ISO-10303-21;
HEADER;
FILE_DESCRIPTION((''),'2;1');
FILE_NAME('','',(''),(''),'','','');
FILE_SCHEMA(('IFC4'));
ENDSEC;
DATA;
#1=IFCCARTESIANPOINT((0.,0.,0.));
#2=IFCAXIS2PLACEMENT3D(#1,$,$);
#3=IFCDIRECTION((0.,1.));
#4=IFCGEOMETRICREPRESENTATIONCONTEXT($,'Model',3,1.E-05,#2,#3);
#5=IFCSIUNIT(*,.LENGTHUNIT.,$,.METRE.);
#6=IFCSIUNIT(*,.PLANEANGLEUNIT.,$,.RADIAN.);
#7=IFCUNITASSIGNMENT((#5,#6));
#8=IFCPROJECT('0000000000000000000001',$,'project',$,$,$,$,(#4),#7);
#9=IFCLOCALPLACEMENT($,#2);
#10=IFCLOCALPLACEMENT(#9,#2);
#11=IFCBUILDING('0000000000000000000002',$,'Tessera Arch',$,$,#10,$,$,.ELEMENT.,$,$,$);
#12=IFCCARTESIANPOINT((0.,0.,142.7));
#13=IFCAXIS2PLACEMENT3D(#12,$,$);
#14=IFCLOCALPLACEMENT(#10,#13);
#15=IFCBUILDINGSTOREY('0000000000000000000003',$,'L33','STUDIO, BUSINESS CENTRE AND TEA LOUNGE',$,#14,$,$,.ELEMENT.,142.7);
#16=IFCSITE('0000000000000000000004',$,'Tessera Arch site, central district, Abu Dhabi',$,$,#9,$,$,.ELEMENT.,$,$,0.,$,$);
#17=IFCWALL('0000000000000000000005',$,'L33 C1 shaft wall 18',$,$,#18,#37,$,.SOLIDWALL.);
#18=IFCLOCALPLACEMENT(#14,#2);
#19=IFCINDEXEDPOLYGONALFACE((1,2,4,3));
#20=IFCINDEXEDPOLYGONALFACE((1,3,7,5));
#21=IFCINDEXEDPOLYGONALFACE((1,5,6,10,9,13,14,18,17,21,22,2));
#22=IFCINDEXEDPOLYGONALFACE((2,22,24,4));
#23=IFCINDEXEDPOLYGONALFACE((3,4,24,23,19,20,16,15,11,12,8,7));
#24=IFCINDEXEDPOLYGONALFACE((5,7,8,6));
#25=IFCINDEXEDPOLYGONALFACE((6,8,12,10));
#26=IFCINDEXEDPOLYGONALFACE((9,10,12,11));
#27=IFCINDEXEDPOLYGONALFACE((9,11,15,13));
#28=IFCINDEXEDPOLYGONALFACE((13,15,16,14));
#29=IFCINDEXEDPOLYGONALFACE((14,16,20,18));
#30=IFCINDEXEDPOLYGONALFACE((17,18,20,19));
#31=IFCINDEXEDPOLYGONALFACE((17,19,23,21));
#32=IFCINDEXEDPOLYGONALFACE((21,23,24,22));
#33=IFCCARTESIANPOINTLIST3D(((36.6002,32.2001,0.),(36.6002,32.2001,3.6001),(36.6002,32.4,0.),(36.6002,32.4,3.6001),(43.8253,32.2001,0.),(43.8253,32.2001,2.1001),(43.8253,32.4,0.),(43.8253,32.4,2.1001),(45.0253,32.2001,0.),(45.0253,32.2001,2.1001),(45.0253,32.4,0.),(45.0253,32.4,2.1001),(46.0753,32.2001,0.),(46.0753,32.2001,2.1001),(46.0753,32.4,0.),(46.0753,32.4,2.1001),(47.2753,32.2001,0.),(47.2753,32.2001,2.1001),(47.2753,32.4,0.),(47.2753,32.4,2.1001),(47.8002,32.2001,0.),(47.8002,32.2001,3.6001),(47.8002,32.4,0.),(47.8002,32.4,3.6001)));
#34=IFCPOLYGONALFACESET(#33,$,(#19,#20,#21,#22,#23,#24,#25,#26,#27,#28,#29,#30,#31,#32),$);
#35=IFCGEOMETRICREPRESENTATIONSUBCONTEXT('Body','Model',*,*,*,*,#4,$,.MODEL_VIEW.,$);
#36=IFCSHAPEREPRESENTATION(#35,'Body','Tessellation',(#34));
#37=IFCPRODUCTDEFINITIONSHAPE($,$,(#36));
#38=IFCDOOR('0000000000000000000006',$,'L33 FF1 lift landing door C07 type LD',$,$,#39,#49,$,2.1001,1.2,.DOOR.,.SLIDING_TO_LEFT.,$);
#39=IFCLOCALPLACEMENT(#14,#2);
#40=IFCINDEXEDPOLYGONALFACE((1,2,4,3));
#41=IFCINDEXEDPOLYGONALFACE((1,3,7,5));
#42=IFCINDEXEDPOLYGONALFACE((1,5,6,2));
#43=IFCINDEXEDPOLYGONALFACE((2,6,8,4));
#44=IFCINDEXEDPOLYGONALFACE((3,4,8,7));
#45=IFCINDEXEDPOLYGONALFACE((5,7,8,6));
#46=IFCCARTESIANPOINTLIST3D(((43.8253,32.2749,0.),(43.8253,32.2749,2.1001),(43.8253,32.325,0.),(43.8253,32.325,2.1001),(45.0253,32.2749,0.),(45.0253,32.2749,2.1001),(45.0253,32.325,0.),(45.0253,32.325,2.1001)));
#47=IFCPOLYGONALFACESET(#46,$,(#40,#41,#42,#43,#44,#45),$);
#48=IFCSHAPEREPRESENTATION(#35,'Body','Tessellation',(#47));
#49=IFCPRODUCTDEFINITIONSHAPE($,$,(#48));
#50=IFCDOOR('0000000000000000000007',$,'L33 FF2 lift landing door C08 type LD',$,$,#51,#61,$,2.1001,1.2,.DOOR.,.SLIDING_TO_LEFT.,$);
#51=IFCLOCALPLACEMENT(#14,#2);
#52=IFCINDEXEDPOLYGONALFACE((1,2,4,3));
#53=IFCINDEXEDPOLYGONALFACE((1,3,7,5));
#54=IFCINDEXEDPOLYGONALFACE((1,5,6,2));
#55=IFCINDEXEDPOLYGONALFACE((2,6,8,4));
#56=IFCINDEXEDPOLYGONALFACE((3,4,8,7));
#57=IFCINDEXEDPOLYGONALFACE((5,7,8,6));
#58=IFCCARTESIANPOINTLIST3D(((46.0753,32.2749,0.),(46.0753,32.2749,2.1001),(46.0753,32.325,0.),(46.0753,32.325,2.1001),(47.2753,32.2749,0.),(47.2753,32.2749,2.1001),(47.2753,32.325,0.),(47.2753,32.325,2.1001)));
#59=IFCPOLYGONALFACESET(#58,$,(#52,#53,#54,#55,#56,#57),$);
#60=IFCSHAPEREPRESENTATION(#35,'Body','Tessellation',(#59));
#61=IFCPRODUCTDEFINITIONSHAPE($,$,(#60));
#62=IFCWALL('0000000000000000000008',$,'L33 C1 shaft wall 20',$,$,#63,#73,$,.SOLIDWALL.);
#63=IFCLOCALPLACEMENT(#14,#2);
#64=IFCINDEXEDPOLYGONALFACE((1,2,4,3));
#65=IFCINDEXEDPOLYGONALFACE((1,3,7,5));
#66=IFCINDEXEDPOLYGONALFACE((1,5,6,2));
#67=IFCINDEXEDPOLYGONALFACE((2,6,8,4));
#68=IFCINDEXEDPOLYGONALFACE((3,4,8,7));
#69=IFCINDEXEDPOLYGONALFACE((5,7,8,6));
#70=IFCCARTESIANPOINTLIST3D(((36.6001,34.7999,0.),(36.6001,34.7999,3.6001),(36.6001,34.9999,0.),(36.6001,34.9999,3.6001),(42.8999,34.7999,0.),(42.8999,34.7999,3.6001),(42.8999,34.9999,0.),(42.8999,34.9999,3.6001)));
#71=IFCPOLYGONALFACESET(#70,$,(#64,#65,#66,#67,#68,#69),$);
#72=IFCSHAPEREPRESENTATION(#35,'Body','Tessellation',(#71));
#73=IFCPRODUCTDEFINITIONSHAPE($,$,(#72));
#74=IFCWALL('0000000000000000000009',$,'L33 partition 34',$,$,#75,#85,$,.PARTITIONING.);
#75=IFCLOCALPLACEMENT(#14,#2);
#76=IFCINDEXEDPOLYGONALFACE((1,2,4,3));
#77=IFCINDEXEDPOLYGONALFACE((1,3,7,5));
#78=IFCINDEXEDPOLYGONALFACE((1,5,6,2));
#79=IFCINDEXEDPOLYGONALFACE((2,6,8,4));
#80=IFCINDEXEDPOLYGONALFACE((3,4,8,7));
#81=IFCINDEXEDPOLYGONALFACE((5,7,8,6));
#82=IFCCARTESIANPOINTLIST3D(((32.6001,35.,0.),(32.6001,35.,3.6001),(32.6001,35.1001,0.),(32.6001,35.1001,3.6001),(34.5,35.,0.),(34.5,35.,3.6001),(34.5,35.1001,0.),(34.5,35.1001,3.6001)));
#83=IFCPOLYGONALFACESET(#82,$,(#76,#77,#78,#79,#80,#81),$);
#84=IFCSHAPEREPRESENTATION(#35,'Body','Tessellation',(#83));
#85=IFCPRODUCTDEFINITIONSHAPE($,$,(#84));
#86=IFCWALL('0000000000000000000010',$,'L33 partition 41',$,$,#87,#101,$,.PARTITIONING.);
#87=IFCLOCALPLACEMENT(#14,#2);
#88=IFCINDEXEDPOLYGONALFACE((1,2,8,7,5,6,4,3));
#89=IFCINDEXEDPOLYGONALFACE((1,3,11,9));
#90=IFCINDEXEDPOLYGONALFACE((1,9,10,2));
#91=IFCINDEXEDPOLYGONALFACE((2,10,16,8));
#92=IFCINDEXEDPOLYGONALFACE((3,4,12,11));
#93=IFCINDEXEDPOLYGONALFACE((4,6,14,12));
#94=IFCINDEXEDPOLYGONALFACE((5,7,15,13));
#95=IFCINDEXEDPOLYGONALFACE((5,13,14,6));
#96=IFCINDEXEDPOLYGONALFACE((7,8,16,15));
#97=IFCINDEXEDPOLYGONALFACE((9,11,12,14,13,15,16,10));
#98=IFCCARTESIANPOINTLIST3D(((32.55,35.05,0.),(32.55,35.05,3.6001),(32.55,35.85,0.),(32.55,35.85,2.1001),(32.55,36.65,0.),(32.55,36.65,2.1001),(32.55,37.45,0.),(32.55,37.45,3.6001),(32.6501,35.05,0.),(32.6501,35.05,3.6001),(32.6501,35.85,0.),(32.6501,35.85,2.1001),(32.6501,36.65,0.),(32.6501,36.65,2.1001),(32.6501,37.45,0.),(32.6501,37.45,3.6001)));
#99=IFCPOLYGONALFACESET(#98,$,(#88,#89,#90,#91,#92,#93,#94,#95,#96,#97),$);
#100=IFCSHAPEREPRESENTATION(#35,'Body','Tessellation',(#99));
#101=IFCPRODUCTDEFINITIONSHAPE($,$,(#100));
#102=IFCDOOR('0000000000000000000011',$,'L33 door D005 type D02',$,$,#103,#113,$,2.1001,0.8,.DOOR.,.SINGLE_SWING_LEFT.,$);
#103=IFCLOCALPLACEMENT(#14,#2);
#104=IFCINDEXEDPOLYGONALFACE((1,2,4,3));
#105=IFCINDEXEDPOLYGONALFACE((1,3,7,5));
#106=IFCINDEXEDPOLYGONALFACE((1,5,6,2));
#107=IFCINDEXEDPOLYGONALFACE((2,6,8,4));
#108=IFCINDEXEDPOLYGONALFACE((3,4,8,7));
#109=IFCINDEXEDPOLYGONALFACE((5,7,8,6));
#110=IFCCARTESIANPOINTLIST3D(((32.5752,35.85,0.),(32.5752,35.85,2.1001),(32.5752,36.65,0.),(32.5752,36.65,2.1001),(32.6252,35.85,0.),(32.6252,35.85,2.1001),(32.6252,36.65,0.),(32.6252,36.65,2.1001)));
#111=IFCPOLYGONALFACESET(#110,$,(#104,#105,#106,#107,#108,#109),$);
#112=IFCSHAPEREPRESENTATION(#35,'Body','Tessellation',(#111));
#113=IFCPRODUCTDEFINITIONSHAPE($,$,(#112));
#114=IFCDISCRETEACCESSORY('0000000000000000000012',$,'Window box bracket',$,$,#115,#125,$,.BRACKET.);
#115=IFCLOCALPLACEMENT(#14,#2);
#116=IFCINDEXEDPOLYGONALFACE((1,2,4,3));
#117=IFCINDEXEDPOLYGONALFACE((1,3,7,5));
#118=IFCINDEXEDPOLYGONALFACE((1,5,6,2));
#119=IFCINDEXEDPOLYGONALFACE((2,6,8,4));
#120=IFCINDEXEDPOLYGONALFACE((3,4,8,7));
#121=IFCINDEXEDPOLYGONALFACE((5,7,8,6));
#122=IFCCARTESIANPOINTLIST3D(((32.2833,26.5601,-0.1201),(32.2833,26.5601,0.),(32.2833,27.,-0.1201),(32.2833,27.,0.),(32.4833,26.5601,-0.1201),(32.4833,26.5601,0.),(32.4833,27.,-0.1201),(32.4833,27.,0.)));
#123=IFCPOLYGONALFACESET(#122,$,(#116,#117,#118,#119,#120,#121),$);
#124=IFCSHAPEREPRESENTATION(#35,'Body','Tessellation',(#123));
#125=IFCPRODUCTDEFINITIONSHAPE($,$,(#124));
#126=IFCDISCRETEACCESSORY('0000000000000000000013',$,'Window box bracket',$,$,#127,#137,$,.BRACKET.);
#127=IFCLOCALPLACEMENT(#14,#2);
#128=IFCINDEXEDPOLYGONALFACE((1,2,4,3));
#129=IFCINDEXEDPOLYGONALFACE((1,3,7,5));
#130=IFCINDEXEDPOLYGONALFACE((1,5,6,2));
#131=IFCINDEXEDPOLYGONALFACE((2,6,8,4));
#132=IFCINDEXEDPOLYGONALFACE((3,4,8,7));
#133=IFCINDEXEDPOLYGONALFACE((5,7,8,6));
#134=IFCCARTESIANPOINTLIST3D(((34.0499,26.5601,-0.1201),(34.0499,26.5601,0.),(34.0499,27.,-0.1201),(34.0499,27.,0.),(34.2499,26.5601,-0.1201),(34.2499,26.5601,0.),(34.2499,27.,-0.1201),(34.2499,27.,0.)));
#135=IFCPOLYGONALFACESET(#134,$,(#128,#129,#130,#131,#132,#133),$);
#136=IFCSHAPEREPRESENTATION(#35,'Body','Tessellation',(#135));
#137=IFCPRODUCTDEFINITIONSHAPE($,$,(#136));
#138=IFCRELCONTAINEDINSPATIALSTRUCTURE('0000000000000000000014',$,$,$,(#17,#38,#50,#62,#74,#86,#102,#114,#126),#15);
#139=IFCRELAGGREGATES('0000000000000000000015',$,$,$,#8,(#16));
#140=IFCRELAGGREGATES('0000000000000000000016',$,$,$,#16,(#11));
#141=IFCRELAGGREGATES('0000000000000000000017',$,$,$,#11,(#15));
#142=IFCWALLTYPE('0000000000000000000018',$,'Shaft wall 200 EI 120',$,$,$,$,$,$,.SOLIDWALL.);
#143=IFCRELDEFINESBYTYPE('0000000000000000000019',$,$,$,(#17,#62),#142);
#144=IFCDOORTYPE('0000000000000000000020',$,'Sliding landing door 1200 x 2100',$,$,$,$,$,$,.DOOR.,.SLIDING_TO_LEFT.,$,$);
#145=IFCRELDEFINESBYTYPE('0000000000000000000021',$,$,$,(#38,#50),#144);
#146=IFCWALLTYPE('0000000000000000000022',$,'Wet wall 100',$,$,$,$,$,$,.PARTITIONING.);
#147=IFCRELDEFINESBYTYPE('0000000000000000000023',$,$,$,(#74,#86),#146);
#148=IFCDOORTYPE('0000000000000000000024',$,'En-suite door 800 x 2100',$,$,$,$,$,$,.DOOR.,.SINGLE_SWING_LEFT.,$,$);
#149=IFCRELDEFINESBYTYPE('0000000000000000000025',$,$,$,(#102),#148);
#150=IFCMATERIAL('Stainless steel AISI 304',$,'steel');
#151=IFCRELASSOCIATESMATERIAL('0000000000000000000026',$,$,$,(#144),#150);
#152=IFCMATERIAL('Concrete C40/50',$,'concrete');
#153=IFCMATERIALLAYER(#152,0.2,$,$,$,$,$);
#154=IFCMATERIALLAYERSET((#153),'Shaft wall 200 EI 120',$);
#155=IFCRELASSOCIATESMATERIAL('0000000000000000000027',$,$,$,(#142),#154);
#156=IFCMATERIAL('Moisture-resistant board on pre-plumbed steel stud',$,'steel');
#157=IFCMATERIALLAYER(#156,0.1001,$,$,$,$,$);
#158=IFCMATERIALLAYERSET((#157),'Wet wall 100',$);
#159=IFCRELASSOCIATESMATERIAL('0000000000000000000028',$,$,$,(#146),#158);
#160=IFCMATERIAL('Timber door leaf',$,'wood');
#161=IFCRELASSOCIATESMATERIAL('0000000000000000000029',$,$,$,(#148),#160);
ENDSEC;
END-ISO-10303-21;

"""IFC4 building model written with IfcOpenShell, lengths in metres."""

from ifc_helpers import new_model, si_unit, direction, frame, frame_2d, origin, origin_2d, place, context, subcontext, project, spatial, rectangle, extrude, material, layer, layer_set, type_object, element, fill, save


model = new_model("IFC4")

# Units and contexts
model_context = context("Model", 3, precision=1e-05, world=origin(), true_north=direction((0.0, 1.0)))
body_context = subcontext(model_context, "Body", "Model", "MODEL_VIEW")
ifc_project = project(units=[si_unit("LENGTHUNIT", "METRE"), si_unit("PLANEANGLEUNIT", "RADIAN")], contexts=[model_context])

# Site, building, storey
site_placement = place(None, origin())
site = spatial("IfcSite", under=ifc_project, at=site_placement, Name="Tessera Arch site, central district, Abu Dhabi", CompositionType="ELEMENT", RefElevation=0.0)
building_placement = place(site_placement, origin())
building = spatial("IfcBuilding", under=site, at=building_placement, Name="Tessera Arch", CompositionType="ELEMENT")
storey_placement = place(building_placement, frame((0.0, 0.0, 142.7)))
storey = spatial("IfcBuildingStorey", under=building, at=storey_placement, Name="L33", Description="STUDIO, BUSINESS CENTRE AND TEA LOUNGE", CompositionType="ELEMENT", Elevation=142.7)

# Shared definitions
ifc_material_1 = material(Name="Stainless steel AISI 304", Category="steel")
door_type_1 = type_object("IfcDoorType", Name="Sliding landing door 1200 x 2100", OperationType="SLIDING_TO_LEFT", PredefinedType="DOOR", material=ifc_material_1)

# Shared definitions
ifc_material_2 = material(Name="Concrete C40/50", Category="concrete")
ifc_layer_1 = layer(ifc_material_2, 0.2)
ifc_layer_set_1 = layer_set([ifc_layer_1], Name="Shaft wall 200 EI 120")
wall_type_1 = type_object("IfcWallType", Name="Shaft wall 200 EI 120", PredefinedType="SOLIDWALL", material=ifc_layer_set_1)

# Wall, openings, doors
wall_1_placement = place(storey_placement, frame((36.6001, 32.3, 0.0), z_axis=(0.0, 0.0, 1.0), x_axis=(1.0, 0.0, 0.0)))
wall_1 = element("IfcWall", 1, at=wall_1_placement, inside=storey, type_object=wall_type_1, Name="L33 C1 shaft wall 18", PredefinedType="SOLIDWALL", context=body_context, shape_type="SweptSolid", body=[
    extrude(rectangle(XDim=11.2, YDim=0.2, at=frame_2d((5.6001, 0.0))), origin(), (0.0, 0.0, 1.0), 3.6001),
])
opening_1_placement = place(wall_1_placement, frame((7.2251, 0.0, 0.0)))
opening_1 = element("IfcOpeningElement", 2, at=opening_1_placement, cuts=wall_1, PredefinedType="OPENING", context=body_context, shape_type="SweptSolid", body=[
    extrude(rectangle(XDim=1.2, YDim=2.1001, at=frame_2d((0.6001, 1.05))), frame((0.0, 0.1099, 0.0), z_axis=(0.0, -1.0, 0.0), x_axis=(1.0, 0.0, 0.0)), (0.0, 0.0, 1.0), 0.22),
])
opening_2_placement = place(wall_1_placement, frame((9.4751, 0.0, 0.0)))
opening_2 = element("IfcOpeningElement", 3, at=opening_2_placement, cuts=wall_1, PredefinedType="OPENING", context=body_context, shape_type="SweptSolid", body=[
    extrude(rectangle(XDim=1.2, YDim=2.1001, at=frame_2d((0.6001, 1.05))), frame((0.0, 0.1099, 0.0), z_axis=(0.0, -1.0, 0.0), x_axis=(1.0, 0.0, 0.0)), (0.0, 0.0, 1.0), 0.22),
])
door_1_placement = place(opening_1_placement, origin())
door_1 = element("IfcDoor", 4, at=door_1_placement, inside=storey, type_object=door_type_1, Name="L33 FF1 lift landing door C07 type LD", OperationType="SLIDING_TO_LEFT", OverallHeight=2.1001, OverallWidth=1.2, PredefinedType="DOOR", context=body_context, shape_type="SweptSolid", body=[
    extrude(rectangle(XDim=1.2, YDim=2.1001, at=frame_2d((0.6001, 1.05))), frame((0.0, 0.0249, 0.0), z_axis=(0.0, -1.0, 0.0), x_axis=(1.0, 0.0, 0.0)), (0.0, 0.0, 1.0), 0.05),
])
fill(opening_1, door_1)
door_2_placement = place(opening_2_placement, origin())
door_2 = element("IfcDoor", 5, at=door_2_placement, inside=storey, type_object=door_type_1, Name="L33 FF2 lift landing door C08 type LD", OperationType="SLIDING_TO_LEFT", OverallHeight=2.1001, OverallWidth=1.2, PredefinedType="DOOR", context=body_context, shape_type="SweptSolid", body=[
    extrude(rectangle(XDim=1.2, YDim=2.1001, at=frame_2d((0.6001, 1.05))), frame((0.0, 0.0249, 0.0), z_axis=(0.0, -1.0, 0.0), x_axis=(1.0, 0.0, 0.0)), (0.0, 0.0, 1.0), 0.05),
])
fill(opening_2, door_2)

# Walls
wall_2_placement = place(storey_placement, frame((36.6001, 34.8999, 0.0), z_axis=(0.0, 0.0, 1.0), x_axis=(1.0, 0.0, 0.0)))
element("IfcWall", 6, at=wall_2_placement, inside=storey, type_object=wall_type_1, Name="L33 C1 shaft wall 20", PredefinedType="SOLIDWALL", context=body_context, shape_type="SweptSolid", body=[
    extrude(rectangle(XDim=6.2998, YDim=0.2, at=frame_2d((3.1499, 0.0))), origin(), (0.0, 0.0, 1.0), 3.6001),
])
ifc_material_3 = material(Name="Moisture-resistant board on pre-plumbed steel stud", Category="steel")
ifc_layer_2 = layer(ifc_material_3, 0.1001)
ifc_layer_set_2 = layer_set([ifc_layer_2], Name="Wet wall 100")
wall_type_2 = type_object("IfcWallType", Name="Wet wall 100", PredefinedType="PARTITIONING", material=ifc_layer_set_2)
wall_3_placement = place(storey_placement, frame((32.6001, 35.05, 0.0), z_axis=(0.0, 0.0, 1.0), x_axis=(1.0, 0.0, 0.0)))
element("IfcWall", 7, at=wall_3_placement, inside=storey, type_object=wall_type_2, Name="L33 partition 34", PredefinedType="PARTITIONING", context=body_context, shape_type="SweptSolid", body=[
    extrude(rectangle(XDim=1.8999, YDim=0.1001, at=frame_2d((0.95, 0.0))), origin(), (0.0, 0.0, 1.0), 3.6001),
])

# Wall, opening, door
wall_4_placement = place(storey_placement, frame((32.6001, 35.05, 0.0), z_axis=(0.0, 0.0, 1.0), x_axis=(0.0, 1.0, 0.0)))
wall_4 = element("IfcWall", 8, at=wall_4_placement, inside=storey, type_object=wall_type_2, Name="L33 partition 41", PredefinedType="PARTITIONING", context=body_context, shape_type="SweptSolid", body=[
    extrude(rectangle(XDim=2.3999, YDim=0.1001, at=frame_2d((1.2, 0.0))), origin(), (0.0, 0.0, 1.0), 3.6001),
])
opening_3_placement = place(wall_4_placement, frame((0.8, 0.0, 0.0)))
opening_3 = element("IfcOpeningElement", 9, at=opening_3_placement, cuts=wall_4, PredefinedType="OPENING", context=body_context, shape_type="SweptSolid", body=[
    extrude(rectangle(XDim=0.8, YDim=2.1001, at=frame_2d((0.3999, 1.05))), frame((0.0, 0.0601, 0.0), z_axis=(0.0, -1.0, 0.0), x_axis=(1.0, 0.0, 0.0)), (0.0, 0.0, 1.0), 0.1201),
])
ifc_material_4 = material(Name="Timber door leaf", Category="wood")
door_type_2 = type_object("IfcDoorType", Name="En-suite door 800 x 2100", OperationType="SINGLE_SWING_LEFT", PredefinedType="DOOR", material=ifc_material_4)
door_3_placement = place(opening_3_placement, origin())
door_3 = element("IfcDoor", 10, at=door_3_placement, inside=storey, type_object=door_type_2, Name="L33 door D005 type D02", OperationType="SINGLE_SWING_LEFT", OverallHeight=2.1001, OverallWidth=0.8, PredefinedType="DOOR", context=body_context, shape_type="SweptSolid", body=[
    extrude(rectangle(XDim=0.8, YDim=2.1001, at=frame_2d((0.3999, 1.05))), frame((0.0, 0.0249, 0.0), z_axis=(0.0, -1.0, 0.0), x_axis=(1.0, 0.0, 0.0)), (0.0, 0.0, 1.0), 0.05),
])
fill(opening_3, door_3)

# Discrete accessories
for number, where, z_axis, x_axis, name in (
    (11, (32.3833, 26.78, -0.1201), (0.0, 0.0, 1.0), (0.0, -1.0, 0.0), "Window box bracket"),
    (12, (34.1499, 26.78, -0.1201), (0.0, 0.0, 1.0), (0.0, -1.0, 0.0), "Window box bracket"),
):
    element("IfcDiscreteAccessory", number, at=place(storey_placement, frame(where, z_axis=z_axis, x_axis=x_axis)), inside=storey, Name=name, PredefinedType="BRACKET", context=body_context, shape_type="SweptSolid", body=[
        extrude(rectangle(XDim=0.4399, YDim=0.2, at=origin_2d()), origin(), (0.0, 0.0, 1.0), 0.1201),
    ])

save(model, "model.ifc")
